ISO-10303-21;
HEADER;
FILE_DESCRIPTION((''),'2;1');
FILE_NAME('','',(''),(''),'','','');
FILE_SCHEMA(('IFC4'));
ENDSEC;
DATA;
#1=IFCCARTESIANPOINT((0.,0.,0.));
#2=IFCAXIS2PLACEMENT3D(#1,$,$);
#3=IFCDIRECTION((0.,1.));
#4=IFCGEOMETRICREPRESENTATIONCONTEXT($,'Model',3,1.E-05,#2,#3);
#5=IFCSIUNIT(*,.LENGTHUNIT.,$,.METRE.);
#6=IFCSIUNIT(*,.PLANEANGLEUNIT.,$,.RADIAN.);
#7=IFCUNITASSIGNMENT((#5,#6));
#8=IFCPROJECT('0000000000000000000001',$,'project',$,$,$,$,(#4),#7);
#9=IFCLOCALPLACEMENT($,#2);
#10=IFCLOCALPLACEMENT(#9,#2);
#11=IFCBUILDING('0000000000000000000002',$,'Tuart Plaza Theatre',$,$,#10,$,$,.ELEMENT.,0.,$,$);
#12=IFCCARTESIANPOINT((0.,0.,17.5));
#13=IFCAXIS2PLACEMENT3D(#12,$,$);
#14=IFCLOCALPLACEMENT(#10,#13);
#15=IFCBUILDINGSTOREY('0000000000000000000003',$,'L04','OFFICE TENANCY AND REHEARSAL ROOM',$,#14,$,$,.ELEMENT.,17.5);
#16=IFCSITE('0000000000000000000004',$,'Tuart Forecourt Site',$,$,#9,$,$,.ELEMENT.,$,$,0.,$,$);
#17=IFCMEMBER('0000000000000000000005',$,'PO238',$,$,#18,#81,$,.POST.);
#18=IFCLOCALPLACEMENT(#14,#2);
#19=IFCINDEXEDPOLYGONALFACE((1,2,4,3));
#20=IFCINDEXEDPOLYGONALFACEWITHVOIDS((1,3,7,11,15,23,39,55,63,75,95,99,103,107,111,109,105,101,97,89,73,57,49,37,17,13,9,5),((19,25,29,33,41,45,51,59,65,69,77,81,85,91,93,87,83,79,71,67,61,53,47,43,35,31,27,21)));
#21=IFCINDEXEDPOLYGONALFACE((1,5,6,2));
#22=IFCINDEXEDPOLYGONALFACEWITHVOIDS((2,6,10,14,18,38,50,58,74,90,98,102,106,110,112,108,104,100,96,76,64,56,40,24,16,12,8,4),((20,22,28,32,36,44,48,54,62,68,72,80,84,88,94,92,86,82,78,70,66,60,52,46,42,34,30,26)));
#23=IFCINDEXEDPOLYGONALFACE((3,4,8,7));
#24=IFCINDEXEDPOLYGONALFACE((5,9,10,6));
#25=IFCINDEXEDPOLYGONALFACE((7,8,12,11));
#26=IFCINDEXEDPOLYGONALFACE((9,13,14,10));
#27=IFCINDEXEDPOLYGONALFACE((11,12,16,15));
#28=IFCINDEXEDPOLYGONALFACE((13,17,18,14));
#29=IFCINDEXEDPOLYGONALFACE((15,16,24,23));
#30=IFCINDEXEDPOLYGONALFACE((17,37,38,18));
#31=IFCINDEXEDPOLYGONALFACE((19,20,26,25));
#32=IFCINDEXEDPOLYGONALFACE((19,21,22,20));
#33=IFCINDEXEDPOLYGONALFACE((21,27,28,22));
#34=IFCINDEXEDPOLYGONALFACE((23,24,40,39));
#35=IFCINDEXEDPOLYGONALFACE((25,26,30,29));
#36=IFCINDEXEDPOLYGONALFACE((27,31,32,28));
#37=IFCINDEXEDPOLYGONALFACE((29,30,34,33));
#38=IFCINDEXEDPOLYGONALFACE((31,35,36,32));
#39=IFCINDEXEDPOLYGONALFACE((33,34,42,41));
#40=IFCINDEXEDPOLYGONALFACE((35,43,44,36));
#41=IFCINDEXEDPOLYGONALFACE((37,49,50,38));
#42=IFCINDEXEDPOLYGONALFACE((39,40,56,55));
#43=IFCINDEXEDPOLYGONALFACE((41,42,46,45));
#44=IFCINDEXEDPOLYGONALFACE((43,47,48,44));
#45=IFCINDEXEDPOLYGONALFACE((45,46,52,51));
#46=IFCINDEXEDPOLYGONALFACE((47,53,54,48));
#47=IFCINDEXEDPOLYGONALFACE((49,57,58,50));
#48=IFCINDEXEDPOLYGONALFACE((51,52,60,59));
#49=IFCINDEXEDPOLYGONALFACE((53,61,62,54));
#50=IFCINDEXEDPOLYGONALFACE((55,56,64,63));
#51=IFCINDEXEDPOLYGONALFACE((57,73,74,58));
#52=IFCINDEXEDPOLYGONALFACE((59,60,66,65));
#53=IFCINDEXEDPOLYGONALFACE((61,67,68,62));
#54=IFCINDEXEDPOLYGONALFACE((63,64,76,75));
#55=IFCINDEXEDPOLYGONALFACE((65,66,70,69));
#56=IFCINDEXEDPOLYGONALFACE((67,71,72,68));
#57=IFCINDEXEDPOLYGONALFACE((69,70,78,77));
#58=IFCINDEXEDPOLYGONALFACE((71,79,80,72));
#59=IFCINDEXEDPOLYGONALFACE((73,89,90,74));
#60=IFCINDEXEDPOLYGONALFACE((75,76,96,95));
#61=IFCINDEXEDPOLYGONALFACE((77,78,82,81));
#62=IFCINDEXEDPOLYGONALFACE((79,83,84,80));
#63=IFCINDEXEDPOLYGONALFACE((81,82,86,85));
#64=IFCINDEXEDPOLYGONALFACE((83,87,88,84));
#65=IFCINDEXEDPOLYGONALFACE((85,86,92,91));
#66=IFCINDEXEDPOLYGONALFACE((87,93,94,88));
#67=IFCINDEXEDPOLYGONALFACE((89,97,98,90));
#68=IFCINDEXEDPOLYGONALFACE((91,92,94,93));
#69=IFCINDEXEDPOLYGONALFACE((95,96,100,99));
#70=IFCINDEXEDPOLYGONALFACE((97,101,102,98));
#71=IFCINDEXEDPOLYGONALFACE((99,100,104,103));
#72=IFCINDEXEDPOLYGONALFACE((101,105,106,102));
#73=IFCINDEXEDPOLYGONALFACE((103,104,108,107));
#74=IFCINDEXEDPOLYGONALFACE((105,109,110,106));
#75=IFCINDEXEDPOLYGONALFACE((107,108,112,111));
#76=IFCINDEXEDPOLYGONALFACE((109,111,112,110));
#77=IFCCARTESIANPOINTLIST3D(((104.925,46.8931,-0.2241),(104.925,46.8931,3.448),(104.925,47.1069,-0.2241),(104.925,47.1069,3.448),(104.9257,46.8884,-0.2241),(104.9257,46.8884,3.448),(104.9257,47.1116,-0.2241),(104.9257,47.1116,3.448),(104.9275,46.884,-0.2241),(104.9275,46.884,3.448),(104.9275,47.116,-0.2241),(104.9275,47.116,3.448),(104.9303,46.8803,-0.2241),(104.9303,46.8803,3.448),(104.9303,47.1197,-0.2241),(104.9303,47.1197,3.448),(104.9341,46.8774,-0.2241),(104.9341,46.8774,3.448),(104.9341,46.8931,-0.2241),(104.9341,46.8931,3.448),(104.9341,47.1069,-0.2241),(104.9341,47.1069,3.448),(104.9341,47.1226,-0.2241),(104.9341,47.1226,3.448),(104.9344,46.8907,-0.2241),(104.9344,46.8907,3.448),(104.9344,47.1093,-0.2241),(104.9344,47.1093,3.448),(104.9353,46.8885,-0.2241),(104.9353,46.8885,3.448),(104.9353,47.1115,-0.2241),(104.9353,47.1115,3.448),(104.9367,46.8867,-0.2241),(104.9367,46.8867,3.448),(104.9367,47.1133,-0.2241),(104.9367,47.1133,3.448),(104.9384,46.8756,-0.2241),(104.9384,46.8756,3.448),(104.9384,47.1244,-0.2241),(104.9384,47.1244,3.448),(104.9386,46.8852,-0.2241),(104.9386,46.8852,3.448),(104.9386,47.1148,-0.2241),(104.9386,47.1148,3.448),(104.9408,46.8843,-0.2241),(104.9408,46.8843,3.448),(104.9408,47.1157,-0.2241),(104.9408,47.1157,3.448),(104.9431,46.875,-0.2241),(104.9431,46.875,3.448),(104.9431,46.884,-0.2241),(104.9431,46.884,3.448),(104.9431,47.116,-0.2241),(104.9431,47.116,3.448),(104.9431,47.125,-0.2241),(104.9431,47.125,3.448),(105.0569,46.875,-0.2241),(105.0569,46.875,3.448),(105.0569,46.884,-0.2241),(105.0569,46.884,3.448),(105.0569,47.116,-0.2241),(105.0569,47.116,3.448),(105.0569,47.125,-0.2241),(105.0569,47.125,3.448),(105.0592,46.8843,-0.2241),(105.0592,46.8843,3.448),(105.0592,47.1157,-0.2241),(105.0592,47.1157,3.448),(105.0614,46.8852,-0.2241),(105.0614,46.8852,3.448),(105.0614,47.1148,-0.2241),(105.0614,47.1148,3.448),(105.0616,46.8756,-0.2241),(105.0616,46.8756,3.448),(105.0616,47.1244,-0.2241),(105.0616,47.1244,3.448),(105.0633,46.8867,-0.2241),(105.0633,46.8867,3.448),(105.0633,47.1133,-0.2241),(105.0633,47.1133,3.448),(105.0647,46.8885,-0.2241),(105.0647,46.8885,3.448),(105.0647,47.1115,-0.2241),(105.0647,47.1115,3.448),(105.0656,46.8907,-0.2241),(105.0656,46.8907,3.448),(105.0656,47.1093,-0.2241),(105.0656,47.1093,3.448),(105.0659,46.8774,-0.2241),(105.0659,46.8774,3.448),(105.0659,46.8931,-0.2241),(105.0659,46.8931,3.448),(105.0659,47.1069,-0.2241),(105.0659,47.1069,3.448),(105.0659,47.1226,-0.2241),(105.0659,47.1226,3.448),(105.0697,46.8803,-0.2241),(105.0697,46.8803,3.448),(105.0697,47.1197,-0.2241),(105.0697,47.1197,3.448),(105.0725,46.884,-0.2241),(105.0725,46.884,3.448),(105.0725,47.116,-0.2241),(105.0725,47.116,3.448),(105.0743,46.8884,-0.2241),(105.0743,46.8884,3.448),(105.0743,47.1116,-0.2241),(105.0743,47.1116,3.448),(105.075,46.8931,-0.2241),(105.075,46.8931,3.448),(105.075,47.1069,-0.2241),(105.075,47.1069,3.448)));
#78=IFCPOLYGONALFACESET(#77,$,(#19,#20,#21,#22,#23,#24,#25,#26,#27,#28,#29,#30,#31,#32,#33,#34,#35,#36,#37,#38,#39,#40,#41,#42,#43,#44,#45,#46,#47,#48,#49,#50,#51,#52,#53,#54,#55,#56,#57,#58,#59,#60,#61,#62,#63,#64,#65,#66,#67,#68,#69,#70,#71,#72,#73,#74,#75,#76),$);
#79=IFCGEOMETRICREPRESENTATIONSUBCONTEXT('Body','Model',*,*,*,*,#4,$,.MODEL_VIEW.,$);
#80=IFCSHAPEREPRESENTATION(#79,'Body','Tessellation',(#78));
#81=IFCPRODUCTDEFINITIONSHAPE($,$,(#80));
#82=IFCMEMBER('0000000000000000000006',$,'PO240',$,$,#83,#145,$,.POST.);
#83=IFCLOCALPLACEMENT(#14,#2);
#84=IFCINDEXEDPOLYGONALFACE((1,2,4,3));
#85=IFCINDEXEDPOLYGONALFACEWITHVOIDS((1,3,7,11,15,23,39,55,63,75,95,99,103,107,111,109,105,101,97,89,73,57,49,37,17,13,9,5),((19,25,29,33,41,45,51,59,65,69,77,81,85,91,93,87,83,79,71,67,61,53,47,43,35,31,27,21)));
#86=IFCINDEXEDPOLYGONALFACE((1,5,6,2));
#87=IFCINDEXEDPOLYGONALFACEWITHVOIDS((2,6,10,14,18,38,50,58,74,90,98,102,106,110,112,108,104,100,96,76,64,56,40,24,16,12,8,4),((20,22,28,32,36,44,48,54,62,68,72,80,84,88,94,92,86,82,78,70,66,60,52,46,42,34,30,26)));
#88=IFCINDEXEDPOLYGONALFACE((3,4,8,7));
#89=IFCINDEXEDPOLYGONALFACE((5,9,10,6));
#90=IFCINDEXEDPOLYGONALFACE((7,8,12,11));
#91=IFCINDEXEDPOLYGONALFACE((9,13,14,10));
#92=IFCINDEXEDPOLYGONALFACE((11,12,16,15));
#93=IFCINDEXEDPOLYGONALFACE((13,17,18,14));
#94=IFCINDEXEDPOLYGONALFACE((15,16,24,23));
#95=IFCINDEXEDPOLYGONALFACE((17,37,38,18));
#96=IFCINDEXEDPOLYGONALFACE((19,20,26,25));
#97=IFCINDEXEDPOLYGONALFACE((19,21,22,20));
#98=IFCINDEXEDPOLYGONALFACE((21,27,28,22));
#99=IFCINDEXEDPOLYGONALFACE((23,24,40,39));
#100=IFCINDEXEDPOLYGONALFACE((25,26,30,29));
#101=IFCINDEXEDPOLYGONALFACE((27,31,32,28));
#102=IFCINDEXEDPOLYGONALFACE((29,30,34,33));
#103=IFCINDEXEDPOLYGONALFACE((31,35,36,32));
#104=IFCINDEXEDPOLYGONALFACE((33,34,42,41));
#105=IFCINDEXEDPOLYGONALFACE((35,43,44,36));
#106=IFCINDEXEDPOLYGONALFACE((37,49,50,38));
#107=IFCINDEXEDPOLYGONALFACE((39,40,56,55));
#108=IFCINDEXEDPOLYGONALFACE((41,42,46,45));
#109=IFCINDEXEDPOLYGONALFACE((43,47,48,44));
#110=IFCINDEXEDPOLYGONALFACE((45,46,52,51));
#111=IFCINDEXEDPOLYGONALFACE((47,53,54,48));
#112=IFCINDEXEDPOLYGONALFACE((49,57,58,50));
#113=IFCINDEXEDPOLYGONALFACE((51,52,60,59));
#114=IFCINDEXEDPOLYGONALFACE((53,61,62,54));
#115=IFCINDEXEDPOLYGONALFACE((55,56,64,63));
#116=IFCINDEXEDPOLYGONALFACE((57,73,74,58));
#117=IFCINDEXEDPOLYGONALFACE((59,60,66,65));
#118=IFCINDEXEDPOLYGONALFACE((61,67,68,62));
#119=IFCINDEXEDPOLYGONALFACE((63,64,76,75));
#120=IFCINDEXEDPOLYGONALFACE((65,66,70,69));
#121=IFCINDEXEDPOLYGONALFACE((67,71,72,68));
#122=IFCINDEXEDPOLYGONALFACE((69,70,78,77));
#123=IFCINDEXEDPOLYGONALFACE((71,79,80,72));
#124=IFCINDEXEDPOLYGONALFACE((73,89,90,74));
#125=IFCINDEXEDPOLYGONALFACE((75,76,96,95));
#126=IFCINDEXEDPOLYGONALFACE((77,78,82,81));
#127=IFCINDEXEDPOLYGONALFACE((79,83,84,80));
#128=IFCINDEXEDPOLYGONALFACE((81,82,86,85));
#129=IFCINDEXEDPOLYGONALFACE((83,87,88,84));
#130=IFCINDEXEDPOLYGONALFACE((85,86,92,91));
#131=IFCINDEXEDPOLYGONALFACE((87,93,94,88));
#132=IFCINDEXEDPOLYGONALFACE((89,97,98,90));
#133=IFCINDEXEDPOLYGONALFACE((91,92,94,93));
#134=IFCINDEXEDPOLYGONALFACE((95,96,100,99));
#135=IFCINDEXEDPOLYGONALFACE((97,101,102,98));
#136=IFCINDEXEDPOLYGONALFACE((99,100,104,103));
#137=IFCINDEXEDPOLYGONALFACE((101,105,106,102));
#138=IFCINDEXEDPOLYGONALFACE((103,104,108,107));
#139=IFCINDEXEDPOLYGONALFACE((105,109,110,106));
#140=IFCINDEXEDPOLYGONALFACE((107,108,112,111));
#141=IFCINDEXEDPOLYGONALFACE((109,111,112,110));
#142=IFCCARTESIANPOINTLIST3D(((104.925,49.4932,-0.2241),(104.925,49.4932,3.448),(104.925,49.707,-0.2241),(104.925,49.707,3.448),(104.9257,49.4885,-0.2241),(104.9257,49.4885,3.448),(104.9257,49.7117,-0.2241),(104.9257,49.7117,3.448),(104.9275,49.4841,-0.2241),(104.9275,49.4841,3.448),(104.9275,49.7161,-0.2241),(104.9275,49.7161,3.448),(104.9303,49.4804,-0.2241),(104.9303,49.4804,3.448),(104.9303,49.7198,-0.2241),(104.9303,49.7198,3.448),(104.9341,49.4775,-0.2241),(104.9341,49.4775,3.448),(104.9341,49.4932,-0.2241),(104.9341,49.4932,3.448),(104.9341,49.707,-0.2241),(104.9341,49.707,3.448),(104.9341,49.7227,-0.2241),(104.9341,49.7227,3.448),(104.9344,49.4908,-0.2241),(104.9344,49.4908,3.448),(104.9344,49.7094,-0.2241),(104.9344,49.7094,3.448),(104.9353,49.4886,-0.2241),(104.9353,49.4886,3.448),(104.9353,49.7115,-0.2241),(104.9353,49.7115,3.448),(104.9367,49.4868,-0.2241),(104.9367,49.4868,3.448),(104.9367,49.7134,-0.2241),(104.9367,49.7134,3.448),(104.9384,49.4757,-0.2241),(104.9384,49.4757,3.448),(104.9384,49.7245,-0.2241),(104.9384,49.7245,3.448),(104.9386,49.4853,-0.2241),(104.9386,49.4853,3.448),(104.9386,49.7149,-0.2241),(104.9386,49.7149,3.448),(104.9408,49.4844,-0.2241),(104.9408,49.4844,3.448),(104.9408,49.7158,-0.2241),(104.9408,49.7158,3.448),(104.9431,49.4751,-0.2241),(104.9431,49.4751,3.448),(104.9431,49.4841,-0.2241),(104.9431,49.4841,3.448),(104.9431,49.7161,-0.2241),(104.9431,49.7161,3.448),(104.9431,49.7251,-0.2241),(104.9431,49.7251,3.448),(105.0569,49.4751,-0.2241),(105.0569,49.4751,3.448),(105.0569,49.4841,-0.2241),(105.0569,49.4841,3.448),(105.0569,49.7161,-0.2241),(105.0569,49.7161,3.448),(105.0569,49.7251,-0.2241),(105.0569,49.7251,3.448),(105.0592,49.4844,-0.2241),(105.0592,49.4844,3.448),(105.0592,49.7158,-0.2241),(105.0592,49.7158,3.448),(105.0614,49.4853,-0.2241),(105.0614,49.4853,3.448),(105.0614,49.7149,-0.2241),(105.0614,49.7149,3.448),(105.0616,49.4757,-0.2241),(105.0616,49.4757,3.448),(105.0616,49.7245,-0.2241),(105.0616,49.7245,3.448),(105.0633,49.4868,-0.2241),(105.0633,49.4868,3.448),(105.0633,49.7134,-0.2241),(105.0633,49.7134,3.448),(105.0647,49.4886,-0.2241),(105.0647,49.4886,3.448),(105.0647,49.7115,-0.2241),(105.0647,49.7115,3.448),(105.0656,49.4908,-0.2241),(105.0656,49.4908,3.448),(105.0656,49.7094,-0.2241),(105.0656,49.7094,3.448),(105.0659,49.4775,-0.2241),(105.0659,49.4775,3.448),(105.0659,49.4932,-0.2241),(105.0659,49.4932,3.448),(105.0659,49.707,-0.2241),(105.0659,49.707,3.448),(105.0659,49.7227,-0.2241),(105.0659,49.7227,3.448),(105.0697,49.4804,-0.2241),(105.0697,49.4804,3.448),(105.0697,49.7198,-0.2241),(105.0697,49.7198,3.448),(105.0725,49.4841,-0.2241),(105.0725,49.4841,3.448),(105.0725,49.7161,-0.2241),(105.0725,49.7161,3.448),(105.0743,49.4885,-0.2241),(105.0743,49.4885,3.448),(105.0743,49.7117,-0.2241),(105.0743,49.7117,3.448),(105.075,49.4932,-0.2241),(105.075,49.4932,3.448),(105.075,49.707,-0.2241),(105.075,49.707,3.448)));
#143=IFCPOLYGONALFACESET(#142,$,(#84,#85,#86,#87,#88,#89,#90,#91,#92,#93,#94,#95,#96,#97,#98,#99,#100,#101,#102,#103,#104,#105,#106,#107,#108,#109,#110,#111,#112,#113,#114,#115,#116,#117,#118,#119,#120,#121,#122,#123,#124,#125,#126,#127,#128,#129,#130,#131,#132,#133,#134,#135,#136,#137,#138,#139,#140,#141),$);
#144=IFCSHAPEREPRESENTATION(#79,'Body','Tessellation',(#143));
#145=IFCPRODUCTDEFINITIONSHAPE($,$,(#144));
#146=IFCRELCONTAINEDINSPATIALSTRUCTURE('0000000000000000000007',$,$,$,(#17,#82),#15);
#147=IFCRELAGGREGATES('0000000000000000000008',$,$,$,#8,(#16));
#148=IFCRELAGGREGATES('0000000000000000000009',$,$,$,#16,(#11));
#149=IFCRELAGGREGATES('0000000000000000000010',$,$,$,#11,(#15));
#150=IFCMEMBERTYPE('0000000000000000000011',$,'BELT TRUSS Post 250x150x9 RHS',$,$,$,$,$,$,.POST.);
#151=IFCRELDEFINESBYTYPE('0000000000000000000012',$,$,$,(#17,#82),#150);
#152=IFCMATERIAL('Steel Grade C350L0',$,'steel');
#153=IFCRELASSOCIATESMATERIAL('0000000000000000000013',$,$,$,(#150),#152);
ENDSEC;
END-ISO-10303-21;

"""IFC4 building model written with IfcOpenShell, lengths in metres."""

from ifc_helpers import new_model, si_unit, direction, frame, origin, origin_2d, place, context, subcontext, project, spatial, hollow_rectangle, extrude, material, material_profile, profile_set, type_object, element, save


model = new_model("IFC4")

# Units and contexts
model_context = context("Model", 3, precision=1e-05, world=origin(), true_north=direction((0.0, 1.0)))
body_context = subcontext(model_context, "Body", "Model", "MODEL_VIEW")
ifc_project = project(units=[si_unit("LENGTHUNIT", "METRE"), si_unit("PLANEANGLEUNIT", "RADIAN")], contexts=[model_context])

# Site, building, storey
site_placement = place(None, origin())
site = spatial("IfcSite", under=ifc_project, at=site_placement, Name="Tuart Forecourt Site", CompositionType="ELEMENT", RefElevation=0.0)
building_placement = place(site_placement, origin())
building = spatial("IfcBuilding", under=site, at=building_placement, Name="Tuart Plaza Theatre", CompositionType="ELEMENT", ElevationOfRefHeight=0.0)
storey_placement = place(building_placement, frame((0.0, 0.0, 17.5)))
storey = spatial("IfcBuildingStorey", under=building, at=storey_placement, Name="L04", Description="OFFICE TENANCY AND REHEARSAL ROOM", CompositionType="ELEMENT", Elevation=17.5)

# Members
ifc_material_1 = material(Name="Steel Grade C350L0", Category="steel")
ifc_material_profile_1 = material_profile(ifc_material_1, hollow_rectangle(XDim=0.1499, YDim=0.25, WallThickness=0.009, InnerFilletRadius=0.009, OuterFilletRadius=0.0181, at=origin_2d()), Name="250x150x9 RHS")
ifc_profile_set_1 = profile_set([ifc_material_profile_1], Name="Steel Grade C350L0")
member_type_1 = type_object("IfcMemberType", Name="BELT TRUSS Post 250x150x9 RHS", PredefinedType="POST", material=ifc_profile_set_1)
for number, where, z_axis, x_axis, name in (
    (1, (105.0, 47.0, -0.2241), (0.0, 0.0, 1.0), (1.0, 0.0, 0.0), "PO238"),
    (2, (105.0, 49.6001, -0.2241), (0.0, 0.0, 1.0), (1.0, 0.0, 0.0), "PO240"),
):
    element("IfcMember", number, at=place(storey_placement, frame(where, z_axis=z_axis, x_axis=x_axis)), inside=storey, type_object=member_type_1, Name=name, PredefinedType="POST", context=body_context, shape_type="SweptSolid", body=[
        extrude(hollow_rectangle(XDim=0.1499, YDim=0.25, WallThickness=0.009, InnerFilletRadius=0.009, OuterFilletRadius=0.0181, at=origin_2d()), origin(), (0.0, 0.0, 1.0), 3.6721),
    ])

save(model, "model.ifc")
